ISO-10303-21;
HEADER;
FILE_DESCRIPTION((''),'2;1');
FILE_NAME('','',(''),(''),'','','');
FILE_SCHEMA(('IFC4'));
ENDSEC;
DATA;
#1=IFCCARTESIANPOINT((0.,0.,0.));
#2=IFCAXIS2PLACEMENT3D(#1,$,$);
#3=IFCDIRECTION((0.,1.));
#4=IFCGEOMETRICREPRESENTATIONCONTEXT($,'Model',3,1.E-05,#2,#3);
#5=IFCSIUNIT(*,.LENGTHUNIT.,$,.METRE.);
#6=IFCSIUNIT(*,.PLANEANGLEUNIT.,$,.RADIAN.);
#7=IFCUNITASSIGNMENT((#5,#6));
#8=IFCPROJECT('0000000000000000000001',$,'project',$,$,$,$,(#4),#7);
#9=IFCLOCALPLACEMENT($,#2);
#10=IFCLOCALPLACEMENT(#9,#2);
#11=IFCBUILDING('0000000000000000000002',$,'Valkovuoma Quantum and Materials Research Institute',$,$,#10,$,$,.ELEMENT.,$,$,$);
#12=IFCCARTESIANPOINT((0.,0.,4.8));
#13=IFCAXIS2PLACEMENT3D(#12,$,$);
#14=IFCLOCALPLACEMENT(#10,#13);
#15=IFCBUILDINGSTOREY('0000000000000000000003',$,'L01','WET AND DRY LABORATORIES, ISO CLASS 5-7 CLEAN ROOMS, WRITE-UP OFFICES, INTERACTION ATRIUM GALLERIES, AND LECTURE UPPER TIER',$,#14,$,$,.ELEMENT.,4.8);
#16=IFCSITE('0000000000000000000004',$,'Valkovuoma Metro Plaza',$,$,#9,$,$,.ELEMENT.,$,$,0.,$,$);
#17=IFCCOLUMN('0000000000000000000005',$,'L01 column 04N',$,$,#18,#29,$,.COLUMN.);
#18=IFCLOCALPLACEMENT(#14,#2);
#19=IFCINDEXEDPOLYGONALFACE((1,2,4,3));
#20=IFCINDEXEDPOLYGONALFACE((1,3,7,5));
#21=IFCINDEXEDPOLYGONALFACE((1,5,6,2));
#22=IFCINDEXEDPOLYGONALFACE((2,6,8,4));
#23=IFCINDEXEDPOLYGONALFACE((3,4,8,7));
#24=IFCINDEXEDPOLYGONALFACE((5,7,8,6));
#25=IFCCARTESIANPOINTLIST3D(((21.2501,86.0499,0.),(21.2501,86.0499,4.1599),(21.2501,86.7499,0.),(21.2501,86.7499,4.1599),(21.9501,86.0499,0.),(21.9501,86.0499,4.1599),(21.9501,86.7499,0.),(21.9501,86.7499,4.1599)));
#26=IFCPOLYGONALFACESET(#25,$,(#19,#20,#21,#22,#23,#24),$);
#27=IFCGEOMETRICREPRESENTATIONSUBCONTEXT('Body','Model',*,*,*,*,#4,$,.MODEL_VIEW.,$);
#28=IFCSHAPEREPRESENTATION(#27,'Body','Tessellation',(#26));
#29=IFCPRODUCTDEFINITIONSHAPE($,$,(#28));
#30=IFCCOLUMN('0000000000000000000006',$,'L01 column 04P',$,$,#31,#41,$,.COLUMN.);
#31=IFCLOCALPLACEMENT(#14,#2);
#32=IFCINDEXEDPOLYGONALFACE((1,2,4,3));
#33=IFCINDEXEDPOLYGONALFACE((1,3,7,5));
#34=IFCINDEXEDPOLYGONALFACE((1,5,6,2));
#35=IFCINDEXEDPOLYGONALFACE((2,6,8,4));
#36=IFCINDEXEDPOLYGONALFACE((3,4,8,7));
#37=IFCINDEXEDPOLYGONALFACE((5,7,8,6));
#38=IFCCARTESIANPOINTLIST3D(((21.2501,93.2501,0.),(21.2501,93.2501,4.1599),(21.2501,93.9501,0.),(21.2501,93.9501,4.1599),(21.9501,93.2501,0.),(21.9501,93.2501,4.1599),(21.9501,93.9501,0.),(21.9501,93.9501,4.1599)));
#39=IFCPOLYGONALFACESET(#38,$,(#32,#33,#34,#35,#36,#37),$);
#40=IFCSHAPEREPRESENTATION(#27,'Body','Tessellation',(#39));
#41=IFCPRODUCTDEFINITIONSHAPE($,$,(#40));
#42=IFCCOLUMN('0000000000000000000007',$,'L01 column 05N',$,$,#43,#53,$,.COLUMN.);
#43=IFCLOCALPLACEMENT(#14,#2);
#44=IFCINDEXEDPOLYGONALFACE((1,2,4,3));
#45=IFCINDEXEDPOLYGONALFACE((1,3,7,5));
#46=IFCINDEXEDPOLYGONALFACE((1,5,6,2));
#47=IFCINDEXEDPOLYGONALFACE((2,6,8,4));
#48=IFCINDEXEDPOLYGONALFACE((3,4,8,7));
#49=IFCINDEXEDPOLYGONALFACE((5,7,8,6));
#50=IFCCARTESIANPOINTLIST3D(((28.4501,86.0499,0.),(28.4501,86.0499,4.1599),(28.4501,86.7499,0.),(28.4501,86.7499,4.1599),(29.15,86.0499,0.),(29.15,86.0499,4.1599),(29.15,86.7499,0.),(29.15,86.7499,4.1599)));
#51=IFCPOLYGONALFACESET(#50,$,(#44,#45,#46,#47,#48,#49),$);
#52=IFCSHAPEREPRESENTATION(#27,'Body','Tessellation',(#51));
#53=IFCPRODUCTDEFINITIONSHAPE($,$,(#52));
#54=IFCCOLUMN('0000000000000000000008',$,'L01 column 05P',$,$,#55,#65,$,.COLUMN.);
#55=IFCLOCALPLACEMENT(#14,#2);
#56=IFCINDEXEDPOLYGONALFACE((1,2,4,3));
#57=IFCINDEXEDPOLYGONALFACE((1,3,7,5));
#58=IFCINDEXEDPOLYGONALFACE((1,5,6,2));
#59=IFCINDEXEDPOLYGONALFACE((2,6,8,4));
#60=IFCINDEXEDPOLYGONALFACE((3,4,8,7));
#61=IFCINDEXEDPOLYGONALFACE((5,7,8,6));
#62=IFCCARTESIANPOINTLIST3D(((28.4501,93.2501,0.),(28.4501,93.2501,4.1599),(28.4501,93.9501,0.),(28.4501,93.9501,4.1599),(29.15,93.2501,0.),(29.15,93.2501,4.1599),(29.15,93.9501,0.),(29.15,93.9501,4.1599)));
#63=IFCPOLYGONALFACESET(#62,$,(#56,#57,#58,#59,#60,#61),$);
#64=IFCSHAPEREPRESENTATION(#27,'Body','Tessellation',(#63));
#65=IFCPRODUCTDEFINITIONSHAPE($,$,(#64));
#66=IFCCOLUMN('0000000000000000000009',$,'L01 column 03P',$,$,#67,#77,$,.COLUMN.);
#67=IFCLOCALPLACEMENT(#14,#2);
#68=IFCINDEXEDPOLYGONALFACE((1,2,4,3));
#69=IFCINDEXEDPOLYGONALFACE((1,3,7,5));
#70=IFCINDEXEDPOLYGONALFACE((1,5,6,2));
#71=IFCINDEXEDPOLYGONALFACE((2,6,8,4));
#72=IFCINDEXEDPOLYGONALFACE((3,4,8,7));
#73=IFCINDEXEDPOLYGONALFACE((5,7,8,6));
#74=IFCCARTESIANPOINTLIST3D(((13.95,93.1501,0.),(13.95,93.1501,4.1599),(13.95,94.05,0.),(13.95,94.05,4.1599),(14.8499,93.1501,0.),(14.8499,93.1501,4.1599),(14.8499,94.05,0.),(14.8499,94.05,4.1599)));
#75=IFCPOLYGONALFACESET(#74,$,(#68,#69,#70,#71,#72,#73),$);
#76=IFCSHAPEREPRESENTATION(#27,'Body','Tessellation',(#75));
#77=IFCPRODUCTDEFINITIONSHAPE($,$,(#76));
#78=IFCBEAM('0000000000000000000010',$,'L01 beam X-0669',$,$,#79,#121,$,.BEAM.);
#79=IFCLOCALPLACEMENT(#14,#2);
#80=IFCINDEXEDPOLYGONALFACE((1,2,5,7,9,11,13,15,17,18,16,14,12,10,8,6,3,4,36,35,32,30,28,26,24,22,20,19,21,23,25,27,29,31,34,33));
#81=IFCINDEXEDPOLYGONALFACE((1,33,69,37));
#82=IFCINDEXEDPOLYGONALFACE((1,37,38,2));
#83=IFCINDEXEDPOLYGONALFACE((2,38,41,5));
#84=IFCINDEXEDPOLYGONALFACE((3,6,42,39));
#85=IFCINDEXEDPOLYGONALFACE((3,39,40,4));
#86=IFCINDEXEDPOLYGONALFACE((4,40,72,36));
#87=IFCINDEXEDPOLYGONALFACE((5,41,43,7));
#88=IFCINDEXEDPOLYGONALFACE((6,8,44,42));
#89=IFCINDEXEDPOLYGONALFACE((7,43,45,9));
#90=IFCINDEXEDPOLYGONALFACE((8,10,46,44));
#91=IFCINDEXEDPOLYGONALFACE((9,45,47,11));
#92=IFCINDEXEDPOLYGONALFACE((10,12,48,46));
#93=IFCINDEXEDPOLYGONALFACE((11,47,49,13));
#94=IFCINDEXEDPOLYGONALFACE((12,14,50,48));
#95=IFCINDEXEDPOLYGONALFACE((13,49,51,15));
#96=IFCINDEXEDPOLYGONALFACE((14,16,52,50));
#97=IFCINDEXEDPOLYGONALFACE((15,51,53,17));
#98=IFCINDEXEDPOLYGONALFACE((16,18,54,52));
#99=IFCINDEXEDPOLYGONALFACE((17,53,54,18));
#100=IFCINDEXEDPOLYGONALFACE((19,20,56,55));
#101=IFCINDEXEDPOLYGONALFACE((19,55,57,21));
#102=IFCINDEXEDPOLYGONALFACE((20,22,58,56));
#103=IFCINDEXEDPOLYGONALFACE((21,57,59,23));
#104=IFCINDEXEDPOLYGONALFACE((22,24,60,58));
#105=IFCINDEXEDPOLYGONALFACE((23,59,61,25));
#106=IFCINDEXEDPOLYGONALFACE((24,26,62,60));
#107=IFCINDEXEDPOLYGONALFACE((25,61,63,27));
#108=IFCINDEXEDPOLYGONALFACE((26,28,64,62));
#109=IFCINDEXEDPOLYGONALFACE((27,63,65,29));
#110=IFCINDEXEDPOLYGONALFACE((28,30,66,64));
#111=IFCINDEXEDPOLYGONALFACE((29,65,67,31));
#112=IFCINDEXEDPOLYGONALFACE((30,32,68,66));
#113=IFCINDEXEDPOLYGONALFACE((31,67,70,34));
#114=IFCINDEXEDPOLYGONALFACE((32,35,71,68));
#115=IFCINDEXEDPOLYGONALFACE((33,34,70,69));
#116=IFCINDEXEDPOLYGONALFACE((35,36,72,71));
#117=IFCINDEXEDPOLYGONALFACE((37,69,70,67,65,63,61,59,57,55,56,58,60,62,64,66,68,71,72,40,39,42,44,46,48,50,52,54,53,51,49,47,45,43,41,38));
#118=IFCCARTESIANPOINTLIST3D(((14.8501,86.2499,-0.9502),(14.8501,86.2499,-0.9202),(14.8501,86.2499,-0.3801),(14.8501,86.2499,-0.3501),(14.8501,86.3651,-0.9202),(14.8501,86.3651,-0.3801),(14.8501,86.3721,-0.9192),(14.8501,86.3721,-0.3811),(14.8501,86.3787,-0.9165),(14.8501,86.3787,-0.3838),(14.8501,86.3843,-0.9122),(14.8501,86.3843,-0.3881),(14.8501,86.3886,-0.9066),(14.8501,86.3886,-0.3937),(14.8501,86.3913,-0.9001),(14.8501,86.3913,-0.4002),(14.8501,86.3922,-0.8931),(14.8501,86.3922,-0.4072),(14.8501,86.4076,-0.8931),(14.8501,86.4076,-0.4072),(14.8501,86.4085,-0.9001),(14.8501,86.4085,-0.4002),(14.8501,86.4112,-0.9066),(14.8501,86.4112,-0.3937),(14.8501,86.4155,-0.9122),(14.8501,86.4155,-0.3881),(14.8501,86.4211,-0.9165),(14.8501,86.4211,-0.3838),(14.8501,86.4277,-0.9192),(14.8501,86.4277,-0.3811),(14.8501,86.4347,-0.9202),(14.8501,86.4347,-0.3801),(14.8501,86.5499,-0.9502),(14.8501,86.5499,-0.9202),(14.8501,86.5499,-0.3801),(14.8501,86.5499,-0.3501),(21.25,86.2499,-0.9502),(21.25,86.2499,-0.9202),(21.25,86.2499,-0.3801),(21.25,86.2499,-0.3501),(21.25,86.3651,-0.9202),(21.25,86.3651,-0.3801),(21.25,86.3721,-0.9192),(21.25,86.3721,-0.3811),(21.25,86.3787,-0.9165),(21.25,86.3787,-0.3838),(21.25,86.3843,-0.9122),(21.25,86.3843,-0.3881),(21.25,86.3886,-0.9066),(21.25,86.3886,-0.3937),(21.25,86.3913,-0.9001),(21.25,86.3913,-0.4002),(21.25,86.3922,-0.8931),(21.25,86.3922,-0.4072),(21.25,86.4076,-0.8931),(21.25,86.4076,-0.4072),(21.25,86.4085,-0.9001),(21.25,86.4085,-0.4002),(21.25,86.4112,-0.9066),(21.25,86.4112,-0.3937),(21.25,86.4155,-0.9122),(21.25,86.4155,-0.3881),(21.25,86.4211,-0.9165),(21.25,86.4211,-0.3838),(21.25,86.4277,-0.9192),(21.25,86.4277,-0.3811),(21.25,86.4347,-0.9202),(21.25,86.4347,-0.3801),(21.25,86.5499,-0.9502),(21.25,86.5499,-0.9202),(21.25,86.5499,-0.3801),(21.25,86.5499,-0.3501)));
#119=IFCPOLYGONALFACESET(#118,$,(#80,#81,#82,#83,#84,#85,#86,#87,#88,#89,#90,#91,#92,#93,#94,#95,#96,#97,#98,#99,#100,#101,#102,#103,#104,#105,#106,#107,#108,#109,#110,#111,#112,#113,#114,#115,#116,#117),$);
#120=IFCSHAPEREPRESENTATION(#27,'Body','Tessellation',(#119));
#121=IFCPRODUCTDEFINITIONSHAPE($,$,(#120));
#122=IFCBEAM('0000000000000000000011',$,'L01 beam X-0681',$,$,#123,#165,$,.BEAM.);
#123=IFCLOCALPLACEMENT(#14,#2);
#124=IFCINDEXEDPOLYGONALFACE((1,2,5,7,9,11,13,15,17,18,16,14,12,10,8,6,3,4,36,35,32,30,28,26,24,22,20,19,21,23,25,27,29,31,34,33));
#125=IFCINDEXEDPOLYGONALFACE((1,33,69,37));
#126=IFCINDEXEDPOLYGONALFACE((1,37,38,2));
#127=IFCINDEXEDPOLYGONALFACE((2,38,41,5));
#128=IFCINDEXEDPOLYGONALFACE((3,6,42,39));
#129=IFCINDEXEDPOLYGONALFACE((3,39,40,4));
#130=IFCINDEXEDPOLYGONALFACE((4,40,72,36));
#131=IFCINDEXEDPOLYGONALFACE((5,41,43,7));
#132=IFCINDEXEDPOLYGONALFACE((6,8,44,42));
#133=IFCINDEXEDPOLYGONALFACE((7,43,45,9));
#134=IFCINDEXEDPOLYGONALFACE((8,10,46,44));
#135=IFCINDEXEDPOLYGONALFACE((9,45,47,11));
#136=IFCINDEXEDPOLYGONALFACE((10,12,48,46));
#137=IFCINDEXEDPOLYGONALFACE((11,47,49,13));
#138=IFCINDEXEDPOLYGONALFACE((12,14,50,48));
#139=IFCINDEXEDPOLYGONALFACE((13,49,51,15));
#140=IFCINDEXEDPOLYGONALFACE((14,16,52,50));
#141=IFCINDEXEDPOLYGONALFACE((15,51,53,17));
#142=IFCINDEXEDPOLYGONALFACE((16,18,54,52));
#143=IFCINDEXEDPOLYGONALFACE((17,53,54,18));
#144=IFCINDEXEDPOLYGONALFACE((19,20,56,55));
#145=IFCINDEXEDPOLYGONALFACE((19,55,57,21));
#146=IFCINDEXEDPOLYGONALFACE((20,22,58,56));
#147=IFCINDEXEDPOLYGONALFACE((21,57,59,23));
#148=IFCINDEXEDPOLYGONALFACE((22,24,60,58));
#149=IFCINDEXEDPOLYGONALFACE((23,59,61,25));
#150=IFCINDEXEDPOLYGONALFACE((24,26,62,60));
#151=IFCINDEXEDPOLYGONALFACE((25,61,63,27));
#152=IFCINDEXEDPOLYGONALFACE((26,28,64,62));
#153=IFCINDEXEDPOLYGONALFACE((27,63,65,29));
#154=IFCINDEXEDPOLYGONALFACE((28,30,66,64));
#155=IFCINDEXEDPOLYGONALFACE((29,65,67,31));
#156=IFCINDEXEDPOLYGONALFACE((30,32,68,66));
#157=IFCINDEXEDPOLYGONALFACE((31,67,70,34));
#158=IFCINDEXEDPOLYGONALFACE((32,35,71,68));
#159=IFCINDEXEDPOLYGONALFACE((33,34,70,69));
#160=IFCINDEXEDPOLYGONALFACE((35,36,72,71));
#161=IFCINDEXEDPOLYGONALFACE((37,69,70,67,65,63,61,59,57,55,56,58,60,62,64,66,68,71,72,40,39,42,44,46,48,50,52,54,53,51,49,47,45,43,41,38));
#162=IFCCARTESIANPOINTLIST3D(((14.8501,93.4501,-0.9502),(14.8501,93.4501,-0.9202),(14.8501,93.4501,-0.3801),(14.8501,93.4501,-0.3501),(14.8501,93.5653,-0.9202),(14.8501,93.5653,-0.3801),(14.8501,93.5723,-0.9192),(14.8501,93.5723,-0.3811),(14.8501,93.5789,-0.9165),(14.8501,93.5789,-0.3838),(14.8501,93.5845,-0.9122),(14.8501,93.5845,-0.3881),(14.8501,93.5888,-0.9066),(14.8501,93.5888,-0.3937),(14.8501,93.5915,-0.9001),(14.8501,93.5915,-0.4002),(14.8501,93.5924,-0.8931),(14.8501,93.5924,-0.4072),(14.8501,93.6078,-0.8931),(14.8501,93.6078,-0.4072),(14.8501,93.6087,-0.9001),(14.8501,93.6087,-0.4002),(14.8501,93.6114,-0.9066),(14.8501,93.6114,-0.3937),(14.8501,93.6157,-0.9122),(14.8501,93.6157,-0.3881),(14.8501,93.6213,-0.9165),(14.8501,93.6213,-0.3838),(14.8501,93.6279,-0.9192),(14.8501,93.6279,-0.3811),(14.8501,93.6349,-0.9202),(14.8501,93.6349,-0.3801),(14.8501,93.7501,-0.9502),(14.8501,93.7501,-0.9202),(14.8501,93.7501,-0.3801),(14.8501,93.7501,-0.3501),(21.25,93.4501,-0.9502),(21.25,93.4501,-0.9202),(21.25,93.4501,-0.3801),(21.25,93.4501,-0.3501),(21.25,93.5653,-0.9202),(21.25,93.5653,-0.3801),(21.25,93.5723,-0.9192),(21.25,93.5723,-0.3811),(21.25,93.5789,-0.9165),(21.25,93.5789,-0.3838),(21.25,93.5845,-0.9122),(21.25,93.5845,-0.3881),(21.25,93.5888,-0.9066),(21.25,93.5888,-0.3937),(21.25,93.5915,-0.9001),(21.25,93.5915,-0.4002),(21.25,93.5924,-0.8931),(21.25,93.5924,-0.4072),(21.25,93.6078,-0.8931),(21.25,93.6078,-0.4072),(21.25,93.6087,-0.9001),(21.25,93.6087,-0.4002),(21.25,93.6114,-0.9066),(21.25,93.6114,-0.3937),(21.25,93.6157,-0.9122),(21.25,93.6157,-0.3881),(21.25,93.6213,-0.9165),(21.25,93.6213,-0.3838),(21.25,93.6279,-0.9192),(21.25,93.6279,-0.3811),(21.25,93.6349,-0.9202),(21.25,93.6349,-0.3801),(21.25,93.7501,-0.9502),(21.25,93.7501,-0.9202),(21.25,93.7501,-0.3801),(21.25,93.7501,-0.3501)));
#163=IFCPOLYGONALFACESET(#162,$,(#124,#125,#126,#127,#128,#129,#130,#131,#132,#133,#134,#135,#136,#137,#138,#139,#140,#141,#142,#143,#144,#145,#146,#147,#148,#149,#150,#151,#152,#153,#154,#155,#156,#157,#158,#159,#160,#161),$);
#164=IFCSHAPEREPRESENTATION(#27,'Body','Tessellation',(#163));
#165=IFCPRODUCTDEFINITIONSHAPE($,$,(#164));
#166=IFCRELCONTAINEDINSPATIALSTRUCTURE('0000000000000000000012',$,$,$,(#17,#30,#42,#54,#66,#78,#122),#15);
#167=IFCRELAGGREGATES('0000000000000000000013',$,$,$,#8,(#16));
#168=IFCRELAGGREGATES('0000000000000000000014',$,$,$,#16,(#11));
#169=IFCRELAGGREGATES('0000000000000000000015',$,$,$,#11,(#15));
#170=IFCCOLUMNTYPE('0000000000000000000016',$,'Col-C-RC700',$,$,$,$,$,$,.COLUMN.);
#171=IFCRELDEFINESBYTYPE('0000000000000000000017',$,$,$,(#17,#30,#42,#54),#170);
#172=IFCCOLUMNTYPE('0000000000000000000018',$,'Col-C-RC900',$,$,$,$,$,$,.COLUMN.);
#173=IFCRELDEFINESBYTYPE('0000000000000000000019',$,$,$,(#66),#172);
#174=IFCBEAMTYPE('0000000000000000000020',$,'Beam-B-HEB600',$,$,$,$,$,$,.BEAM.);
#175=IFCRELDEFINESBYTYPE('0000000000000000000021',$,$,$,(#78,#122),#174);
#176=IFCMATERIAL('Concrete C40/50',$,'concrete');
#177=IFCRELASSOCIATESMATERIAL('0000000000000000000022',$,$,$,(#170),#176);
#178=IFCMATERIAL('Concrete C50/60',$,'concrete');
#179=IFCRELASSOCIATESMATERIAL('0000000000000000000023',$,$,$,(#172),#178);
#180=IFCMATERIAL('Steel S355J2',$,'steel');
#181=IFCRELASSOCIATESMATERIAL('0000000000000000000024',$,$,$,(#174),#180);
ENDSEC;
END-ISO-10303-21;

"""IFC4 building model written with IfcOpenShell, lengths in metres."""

from ifc_helpers import new_model, si_unit, direction, frame, origin, origin_2d, place, context, subcontext, project, spatial, rectangle, i_section, extrude, material, material_profile, profile_set, type_object, element, save


model = new_model("IFC4")

# Units and contexts
model_context = context("Model", 3, precision=1e-05, world=origin(), true_north=direction((0.0, 1.0)))
body_context = subcontext(model_context, "Body", "Model", "MODEL_VIEW")
ifc_project = project(units=[si_unit("LENGTHUNIT", "METRE"), si_unit("PLANEANGLEUNIT", "RADIAN")], contexts=[model_context])

# Site, building, storey
site_placement = place(None, origin())
site = spatial("IfcSite", under=ifc_project, at=site_placement, Name="Valkovuoma Metro Plaza", CompositionType="ELEMENT", RefElevation=0.0)
building_placement = place(site_placement, origin())
building = spatial("IfcBuilding", under=site, at=building_placement, Name="Valkovuoma Quantum and Materials Research Institute", CompositionType="ELEMENT")
storey_placement = place(building_placement, frame((0.0, 0.0, 4.8)))
storey = spatial("IfcBuildingStorey", under=building, at=storey_placement, Name="L01", Description="WET AND DRY LABORATORIES, ISO CLASS 5-7 CLEAN ROOMS, WRITE-UP OFFICES, INTERACTION ATRIUM GALLERIES, AND LECTURE UPPER TIER", CompositionType="ELEMENT", Elevation=4.8)

# Columns
ifc_material_1 = material(Name="Concrete C40/50", Category="concrete")
ifc_material_profile_1 = material_profile(ifc_material_1, rectangle(XDim=0.7, YDim=0.7, at=origin_2d()), Name="Concrete C40/50")
ifc_profile_set_1 = profile_set([ifc_material_profile_1], Name="Concrete C40/50")
column_type_1 = type_object("IfcColumnType", Name="Col-C-RC700", PredefinedType="COLUMN", material=ifc_profile_set_1)
for number, where, z_axis, x_axis, name in (
    (1, (21.6001, 86.3999, 0.0), (0.0, 0.0, 1.0), (1.0, 0.0, 0.0), "L01 column 04N"),
    (2, (21.6001, 93.6001, 0.0), (0.0, 0.0, 1.0), (1.0, 0.0, 0.0), "L01 column 04P"),
    (3, (28.8, 86.3999, 0.0), (0.0, 0.0, 1.0), (1.0, 0.0, 0.0), "L01 column 05N"),
    (4, (28.8, 93.6001, 0.0), (0.0, 0.0, 1.0), (1.0, 0.0, 0.0), "L01 column 05P"),
):
    element("IfcColumn", number, at=place(storey_placement, frame(where, z_axis=z_axis, x_axis=x_axis)), inside=storey, type_object=column_type_1, Name=name, PredefinedType="COLUMN", context=body_context, shape_type="SweptSolid", body=[
        extrude(rectangle(XDim=0.7, YDim=0.7, at=origin_2d()), origin(), (0.0, 0.0, 1.0), 4.1599),
    ])
ifc_material_2 = material(Name="Concrete C50/60", Category="concrete")
ifc_material_profile_2 = material_profile(ifc_material_2, rectangle(XDim=0.8999, YDim=0.8999, at=origin_2d()), Name="Concrete C50/60")
ifc_profile_set_2 = profile_set([ifc_material_profile_2], Name="Concrete C50/60")
column_type_2 = type_object("IfcColumnType", Name="Col-C-RC900", PredefinedType="COLUMN", material=ifc_profile_set_2)
column_placement = place(storey_placement, frame((14.3999, 93.6001, 0.0), z_axis=(0.0, 0.0, 1.0), x_axis=(1.0, 0.0, 0.0)))
element("IfcColumn", 5, at=column_placement, inside=storey, type_object=column_type_2, Name="L01 column 03P", PredefinedType="COLUMN", context=body_context, shape_type="SweptSolid", body=[
    extrude(rectangle(XDim=0.8999, YDim=0.8999, at=origin_2d()), origin(), (0.0, 0.0, 1.0), 4.1599),
])

# Beams
ifc_material_3 = material(Name="Steel S355J2", Category="steel")
ifc_material_profile_3 = material_profile(ifc_material_3, i_section(OverallWidth=0.3, OverallDepth=0.6001, WebThickness=0.0154, FlangeThickness=0.03, FilletRadius=0.0271, at=origin_2d()), Name="Steel S355J2")
ifc_profile_set_3 = profile_set([ifc_material_profile_3], Name="Steel S355J2")
beam_type_1 = type_object("IfcBeamType", Name="Beam-B-HEB600", PredefinedType="BEAM", material=ifc_profile_set_3)
for number, where, z_axis, x_axis, name in (
    (6, (14.8501, 86.3999, -0.6501), (1.0, 0.0, 0.0), (0.0, 1.0, 0.0), "L01 beam X-0669"),
    (7, (14.8501, 93.6001, -0.6501), (1.0, 0.0, 0.0), (0.0, 1.0, 0.0), "L01 beam X-0681"),
):
    element("IfcBeam", number, at=place(storey_placement, frame(where, z_axis=z_axis, x_axis=x_axis)), inside=storey, type_object=beam_type_1, Name=name, PredefinedType="BEAM", context=body_context, shape_type="SweptSolid", body=[
        extrude(i_section(OverallWidth=0.3, OverallDepth=0.6001, WebThickness=0.0154, FlangeThickness=0.03, FilletRadius=0.0271, at=origin_2d()), origin(), (0.0, 0.0, 1.0), 6.3999),
    ])

save(model, "model.ifc")
